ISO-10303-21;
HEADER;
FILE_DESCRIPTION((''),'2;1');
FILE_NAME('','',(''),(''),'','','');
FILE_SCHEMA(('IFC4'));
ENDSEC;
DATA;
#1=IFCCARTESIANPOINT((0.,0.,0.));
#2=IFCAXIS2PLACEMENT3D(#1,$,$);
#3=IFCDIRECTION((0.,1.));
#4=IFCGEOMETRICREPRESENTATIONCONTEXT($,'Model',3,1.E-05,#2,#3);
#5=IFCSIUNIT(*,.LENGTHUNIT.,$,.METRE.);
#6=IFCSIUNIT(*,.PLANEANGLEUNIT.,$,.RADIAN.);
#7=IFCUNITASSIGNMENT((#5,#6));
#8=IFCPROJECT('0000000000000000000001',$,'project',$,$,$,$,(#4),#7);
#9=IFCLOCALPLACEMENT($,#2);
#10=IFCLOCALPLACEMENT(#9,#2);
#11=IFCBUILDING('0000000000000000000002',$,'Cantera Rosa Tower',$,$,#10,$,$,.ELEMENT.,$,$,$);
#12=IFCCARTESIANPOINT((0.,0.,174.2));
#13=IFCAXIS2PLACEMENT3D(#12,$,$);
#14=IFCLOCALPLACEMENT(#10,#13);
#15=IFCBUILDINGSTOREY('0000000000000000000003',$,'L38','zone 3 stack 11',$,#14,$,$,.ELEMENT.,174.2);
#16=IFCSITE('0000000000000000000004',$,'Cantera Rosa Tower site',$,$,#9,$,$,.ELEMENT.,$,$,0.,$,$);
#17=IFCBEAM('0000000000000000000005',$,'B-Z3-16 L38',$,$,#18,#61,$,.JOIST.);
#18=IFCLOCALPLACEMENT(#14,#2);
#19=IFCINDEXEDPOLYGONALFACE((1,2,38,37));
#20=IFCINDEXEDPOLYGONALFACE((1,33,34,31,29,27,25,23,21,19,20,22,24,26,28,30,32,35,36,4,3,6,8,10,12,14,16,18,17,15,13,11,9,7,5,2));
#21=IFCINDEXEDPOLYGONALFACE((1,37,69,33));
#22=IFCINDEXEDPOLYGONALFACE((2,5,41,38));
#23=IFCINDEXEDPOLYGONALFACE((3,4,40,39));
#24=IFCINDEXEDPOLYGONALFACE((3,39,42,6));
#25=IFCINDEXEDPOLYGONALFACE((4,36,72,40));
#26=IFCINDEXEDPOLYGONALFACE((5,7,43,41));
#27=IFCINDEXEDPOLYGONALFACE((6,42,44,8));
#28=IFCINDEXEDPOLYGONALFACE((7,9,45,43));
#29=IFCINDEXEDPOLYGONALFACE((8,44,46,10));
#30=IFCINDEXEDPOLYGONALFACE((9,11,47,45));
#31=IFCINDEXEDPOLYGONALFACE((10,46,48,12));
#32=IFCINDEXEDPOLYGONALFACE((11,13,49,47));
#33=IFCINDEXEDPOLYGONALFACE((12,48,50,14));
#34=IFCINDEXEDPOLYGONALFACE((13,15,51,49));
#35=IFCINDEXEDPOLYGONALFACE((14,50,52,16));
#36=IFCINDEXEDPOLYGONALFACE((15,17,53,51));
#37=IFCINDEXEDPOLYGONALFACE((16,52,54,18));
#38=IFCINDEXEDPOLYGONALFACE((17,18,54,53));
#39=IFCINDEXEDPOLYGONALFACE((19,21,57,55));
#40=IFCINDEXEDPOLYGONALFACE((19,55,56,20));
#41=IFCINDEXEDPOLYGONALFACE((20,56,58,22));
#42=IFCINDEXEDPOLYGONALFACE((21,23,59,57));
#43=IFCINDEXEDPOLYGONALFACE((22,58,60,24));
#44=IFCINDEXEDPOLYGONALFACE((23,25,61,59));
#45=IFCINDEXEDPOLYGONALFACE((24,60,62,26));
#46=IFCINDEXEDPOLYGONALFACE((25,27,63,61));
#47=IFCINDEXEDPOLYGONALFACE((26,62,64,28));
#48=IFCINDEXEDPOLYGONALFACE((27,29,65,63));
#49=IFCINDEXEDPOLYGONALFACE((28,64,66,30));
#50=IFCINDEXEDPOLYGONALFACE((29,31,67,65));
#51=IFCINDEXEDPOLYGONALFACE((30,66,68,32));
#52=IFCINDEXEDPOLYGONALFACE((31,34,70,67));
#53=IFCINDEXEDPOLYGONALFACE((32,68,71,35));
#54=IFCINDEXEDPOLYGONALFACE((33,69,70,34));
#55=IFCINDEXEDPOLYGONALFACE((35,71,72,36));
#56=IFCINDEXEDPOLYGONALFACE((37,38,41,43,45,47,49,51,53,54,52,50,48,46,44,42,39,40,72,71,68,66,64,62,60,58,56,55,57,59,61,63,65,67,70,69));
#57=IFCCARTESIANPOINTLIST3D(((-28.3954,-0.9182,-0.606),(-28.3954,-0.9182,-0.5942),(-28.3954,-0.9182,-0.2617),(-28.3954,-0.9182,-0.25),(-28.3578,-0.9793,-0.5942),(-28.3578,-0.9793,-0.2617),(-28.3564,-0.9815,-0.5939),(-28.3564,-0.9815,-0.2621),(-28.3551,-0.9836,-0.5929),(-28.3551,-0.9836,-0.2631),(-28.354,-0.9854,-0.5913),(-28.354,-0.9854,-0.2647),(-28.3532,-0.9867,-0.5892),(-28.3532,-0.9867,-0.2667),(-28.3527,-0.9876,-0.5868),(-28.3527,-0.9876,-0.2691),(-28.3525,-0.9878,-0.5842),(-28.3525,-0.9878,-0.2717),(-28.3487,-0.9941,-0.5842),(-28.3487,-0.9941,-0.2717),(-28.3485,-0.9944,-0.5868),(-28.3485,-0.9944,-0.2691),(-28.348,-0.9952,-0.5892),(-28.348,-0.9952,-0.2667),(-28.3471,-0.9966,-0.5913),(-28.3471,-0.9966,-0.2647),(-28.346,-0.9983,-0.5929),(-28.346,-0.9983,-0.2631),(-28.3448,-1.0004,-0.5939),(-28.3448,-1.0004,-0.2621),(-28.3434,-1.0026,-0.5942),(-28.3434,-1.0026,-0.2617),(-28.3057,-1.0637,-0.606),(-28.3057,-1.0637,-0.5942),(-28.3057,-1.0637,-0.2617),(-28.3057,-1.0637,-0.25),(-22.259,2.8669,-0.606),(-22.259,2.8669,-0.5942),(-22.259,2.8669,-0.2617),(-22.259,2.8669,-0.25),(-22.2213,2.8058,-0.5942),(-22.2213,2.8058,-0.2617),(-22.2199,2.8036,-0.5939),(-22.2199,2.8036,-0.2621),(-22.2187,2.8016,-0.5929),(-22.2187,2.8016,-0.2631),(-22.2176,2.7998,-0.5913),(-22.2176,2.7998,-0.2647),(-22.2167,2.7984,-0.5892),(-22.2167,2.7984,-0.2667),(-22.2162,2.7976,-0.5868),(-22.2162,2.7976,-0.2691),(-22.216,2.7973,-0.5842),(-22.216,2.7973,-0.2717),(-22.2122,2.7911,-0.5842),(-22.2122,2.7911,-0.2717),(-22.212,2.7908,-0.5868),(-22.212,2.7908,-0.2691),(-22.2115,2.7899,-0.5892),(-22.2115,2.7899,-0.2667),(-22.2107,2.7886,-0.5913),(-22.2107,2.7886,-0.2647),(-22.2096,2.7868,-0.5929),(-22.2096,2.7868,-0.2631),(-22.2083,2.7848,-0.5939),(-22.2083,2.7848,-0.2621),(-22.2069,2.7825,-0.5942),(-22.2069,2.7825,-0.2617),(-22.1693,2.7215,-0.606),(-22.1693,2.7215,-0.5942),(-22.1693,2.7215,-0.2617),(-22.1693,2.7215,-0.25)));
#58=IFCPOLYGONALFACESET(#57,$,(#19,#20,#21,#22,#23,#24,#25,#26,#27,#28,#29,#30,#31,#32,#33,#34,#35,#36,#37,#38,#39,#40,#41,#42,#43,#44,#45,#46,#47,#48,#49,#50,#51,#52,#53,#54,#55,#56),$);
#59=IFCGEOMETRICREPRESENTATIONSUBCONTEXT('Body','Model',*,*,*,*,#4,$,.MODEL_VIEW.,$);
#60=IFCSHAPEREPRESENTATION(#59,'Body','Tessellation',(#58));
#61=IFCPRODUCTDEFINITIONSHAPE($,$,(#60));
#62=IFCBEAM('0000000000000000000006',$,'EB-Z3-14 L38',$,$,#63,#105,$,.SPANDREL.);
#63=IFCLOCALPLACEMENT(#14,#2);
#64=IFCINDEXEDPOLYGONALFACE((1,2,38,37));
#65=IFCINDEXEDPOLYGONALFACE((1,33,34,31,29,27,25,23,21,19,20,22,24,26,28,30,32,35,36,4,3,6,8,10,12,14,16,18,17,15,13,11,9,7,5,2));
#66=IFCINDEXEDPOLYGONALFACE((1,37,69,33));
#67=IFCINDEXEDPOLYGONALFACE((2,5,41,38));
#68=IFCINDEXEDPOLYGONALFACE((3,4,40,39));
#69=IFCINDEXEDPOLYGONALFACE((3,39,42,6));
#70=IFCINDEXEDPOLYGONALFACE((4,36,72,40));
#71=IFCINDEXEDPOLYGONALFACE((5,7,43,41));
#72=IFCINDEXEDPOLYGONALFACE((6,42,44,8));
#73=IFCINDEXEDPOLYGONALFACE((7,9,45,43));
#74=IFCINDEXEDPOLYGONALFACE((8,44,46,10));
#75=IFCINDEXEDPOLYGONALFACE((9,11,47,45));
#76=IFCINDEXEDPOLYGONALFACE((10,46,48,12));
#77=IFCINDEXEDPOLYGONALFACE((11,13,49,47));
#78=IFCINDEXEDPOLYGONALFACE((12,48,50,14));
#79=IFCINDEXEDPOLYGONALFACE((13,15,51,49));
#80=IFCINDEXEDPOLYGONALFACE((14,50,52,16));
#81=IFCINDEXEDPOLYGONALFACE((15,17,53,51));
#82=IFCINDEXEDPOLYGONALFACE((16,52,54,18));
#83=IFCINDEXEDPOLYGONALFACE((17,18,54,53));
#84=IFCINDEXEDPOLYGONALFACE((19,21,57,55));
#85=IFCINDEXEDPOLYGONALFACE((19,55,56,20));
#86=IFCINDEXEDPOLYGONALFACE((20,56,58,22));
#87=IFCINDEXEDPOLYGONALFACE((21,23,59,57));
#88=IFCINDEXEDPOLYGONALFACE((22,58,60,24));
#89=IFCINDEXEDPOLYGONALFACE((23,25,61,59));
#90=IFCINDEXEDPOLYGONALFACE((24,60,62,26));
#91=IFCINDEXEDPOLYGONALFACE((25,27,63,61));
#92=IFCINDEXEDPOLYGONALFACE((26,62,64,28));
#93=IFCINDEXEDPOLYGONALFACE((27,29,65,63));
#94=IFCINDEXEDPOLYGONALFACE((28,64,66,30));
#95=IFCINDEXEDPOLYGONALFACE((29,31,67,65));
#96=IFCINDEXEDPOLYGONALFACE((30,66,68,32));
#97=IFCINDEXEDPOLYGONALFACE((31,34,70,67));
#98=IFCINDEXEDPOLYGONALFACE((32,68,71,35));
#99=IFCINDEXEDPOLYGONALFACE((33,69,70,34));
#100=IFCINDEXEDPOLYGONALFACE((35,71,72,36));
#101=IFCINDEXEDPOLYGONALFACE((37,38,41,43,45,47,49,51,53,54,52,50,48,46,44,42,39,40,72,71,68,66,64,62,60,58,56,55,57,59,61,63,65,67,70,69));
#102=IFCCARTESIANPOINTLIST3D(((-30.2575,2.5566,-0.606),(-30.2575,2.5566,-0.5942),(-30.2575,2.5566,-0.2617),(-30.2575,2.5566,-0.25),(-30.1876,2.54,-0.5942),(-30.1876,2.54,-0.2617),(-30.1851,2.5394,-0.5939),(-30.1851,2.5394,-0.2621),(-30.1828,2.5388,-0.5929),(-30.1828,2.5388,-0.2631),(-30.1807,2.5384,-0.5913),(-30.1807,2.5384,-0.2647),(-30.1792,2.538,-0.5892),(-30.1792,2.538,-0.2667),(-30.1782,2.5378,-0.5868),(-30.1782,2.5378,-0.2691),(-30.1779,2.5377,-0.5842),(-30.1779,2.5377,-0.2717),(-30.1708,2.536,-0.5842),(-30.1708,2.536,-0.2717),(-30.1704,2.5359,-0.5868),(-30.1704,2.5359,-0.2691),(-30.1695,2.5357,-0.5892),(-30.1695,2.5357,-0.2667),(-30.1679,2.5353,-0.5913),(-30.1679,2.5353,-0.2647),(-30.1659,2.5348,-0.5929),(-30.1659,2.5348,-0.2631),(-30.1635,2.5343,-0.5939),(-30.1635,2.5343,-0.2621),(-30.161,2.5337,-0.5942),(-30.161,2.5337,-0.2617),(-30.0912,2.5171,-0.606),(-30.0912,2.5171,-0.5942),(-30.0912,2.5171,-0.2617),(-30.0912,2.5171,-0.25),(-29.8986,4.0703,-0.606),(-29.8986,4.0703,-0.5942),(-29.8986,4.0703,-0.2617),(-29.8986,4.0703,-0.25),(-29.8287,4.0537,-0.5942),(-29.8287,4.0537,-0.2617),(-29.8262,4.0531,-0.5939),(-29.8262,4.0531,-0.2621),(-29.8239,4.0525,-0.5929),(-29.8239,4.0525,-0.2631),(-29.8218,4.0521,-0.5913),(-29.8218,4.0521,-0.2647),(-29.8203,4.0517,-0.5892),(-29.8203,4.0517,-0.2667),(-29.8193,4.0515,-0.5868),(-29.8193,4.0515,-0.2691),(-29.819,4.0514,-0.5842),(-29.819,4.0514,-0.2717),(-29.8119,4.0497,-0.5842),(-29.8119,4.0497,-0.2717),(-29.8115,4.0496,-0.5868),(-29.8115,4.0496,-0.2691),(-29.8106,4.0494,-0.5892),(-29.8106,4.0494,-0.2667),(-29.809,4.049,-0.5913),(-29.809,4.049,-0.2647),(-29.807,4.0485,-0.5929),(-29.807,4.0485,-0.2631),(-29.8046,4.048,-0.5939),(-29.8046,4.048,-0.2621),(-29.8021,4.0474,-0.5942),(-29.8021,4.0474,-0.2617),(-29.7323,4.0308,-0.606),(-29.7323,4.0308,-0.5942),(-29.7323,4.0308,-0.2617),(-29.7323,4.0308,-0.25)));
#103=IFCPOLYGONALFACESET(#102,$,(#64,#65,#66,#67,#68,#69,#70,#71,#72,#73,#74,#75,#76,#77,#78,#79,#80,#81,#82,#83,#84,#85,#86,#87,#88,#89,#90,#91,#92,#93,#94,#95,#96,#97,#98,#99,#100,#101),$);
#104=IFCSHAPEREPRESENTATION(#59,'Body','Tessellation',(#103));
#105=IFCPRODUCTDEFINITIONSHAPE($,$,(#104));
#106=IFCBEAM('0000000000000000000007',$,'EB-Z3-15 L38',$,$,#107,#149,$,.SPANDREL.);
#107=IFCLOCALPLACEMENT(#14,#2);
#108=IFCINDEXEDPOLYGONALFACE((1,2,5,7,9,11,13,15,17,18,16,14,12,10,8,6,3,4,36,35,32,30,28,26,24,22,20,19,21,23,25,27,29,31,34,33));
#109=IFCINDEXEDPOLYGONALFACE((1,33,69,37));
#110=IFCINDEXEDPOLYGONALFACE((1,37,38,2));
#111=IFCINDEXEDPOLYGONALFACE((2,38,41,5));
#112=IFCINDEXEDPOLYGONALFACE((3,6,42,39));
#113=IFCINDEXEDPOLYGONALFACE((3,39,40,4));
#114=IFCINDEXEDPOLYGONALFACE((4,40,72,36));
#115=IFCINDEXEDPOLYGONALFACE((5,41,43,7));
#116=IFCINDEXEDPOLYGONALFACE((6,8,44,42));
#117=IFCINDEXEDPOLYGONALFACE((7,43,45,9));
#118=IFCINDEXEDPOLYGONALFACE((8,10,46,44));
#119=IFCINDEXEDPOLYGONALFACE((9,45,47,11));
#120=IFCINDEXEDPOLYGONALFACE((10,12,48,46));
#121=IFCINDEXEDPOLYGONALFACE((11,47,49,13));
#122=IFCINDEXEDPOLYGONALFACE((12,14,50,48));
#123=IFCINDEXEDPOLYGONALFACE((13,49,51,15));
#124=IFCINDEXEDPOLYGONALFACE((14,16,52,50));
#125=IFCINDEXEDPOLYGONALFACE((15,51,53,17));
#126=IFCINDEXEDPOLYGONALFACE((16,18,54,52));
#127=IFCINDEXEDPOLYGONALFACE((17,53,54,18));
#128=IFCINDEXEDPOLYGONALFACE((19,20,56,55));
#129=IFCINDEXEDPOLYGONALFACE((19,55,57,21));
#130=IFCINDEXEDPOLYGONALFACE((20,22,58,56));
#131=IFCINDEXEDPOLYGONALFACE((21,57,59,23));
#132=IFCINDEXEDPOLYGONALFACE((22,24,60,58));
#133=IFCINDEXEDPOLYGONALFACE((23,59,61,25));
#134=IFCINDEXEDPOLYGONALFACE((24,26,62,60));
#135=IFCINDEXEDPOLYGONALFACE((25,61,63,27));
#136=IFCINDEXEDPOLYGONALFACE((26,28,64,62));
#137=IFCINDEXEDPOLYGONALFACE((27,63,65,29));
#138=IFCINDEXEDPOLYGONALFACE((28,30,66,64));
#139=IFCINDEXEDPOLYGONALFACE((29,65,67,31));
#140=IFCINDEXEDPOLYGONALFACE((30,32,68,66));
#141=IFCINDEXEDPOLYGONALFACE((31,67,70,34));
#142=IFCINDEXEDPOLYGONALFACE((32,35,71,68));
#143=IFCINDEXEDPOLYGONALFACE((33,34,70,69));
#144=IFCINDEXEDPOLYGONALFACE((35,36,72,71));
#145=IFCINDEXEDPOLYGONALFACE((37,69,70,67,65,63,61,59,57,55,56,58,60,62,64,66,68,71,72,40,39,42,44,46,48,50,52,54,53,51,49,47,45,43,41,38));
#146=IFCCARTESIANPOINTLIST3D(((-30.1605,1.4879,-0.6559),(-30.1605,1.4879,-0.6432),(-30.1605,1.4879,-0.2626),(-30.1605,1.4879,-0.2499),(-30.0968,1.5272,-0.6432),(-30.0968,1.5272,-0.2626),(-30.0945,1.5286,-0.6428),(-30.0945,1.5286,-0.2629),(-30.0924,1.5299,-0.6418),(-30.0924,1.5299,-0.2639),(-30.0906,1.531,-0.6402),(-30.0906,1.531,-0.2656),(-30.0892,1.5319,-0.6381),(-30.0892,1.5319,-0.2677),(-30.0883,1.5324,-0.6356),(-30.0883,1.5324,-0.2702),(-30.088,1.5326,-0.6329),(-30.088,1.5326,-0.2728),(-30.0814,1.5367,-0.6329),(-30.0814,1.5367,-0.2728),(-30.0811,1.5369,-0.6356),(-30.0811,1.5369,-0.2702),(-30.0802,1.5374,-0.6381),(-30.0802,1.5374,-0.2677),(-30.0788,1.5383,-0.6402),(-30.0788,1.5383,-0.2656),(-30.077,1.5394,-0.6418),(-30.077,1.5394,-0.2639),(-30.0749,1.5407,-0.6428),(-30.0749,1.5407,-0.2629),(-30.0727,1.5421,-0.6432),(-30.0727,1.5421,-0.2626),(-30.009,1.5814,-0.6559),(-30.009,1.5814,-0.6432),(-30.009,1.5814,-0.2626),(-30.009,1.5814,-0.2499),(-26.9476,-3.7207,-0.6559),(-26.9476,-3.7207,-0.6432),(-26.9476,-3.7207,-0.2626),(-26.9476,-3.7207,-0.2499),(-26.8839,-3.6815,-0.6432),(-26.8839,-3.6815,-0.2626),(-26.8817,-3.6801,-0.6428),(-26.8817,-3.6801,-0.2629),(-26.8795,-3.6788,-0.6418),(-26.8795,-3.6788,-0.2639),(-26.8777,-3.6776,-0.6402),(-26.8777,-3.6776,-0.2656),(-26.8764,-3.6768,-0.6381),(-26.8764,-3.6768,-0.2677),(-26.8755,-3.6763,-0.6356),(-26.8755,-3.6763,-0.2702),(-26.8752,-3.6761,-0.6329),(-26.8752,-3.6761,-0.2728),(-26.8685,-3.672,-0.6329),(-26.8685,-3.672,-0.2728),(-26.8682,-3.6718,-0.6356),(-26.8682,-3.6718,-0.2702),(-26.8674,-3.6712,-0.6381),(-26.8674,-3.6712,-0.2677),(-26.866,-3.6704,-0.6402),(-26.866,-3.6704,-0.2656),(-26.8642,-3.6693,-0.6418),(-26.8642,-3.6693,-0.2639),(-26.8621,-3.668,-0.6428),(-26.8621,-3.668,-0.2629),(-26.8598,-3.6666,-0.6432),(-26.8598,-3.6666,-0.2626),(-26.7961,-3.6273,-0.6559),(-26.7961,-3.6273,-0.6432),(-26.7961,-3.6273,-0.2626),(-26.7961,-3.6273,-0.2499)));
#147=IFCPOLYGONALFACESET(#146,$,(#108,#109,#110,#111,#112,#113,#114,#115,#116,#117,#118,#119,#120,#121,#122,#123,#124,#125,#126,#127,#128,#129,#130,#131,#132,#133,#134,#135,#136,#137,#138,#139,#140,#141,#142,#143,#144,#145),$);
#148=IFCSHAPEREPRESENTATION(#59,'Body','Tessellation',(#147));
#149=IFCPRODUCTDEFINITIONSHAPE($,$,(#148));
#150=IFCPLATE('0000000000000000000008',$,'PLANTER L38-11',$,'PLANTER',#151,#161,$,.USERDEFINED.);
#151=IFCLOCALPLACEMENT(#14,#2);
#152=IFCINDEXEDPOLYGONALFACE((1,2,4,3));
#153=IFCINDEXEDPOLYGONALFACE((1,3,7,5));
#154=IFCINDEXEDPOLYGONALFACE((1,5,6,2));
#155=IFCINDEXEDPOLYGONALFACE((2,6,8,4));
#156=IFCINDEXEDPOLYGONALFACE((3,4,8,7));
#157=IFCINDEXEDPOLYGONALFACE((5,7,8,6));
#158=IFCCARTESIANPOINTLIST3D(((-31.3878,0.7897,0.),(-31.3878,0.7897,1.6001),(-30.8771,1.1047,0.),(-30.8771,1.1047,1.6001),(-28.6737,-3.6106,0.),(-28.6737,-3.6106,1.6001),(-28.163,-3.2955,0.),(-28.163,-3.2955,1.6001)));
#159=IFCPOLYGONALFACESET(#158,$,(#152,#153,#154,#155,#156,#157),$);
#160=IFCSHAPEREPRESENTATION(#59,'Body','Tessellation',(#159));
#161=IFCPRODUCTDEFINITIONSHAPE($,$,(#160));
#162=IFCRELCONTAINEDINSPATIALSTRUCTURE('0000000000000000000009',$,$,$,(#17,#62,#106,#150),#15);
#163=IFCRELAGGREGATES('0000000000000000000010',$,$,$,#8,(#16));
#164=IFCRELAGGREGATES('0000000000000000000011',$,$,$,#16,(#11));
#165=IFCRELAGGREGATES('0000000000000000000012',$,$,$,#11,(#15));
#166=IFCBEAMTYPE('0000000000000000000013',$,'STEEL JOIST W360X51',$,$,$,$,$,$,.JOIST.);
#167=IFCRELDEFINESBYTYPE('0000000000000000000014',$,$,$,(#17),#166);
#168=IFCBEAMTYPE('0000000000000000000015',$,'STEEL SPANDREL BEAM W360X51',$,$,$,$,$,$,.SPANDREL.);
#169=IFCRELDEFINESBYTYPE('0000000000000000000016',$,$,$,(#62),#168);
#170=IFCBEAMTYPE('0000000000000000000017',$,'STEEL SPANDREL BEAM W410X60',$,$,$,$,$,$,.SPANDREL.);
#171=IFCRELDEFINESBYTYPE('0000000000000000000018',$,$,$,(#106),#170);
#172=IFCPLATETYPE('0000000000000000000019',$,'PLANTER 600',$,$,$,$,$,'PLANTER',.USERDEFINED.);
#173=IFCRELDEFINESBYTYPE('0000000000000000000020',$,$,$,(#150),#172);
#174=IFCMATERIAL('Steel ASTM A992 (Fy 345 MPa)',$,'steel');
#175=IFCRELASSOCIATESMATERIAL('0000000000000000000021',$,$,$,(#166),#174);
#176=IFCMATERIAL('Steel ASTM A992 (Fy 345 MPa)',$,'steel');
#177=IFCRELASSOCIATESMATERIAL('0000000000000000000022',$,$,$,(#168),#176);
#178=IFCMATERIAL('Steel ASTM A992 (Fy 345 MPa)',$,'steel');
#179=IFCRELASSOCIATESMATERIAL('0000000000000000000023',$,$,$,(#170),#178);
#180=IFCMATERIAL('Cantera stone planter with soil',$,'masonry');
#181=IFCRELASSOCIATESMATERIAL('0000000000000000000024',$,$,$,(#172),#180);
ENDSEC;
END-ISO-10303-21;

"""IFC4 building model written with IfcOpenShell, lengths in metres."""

from ifc_helpers import new_model, si_unit, direction, frame, origin, origin_2d, place, context, subcontext, project, spatial, rectangle, i_section, extrude, material, material_profile, profile_set, type_object, element, save


model = new_model("IFC4")

# Units and contexts
model_context = context("Model", 3, precision=1e-05, world=origin(), true_north=direction((0.0, 1.0)))
body_context = subcontext(model_context, "Body", "Model", "MODEL_VIEW")
ifc_project = project(units=[si_unit("LENGTHUNIT", "METRE"), si_unit("PLANEANGLEUNIT", "RADIAN")], contexts=[model_context])

# Site, building, storey
site_placement = place(None, origin())
site = spatial("IfcSite", under=ifc_project, at=site_placement, Name="Cantera Rosa Tower site", CompositionType="ELEMENT", RefElevation=0.0)
building_placement = place(site_placement, origin())
building = spatial("IfcBuilding", under=site, at=building_placement, Name="Cantera Rosa Tower", CompositionType="ELEMENT")
storey_placement = place(building_placement, frame((0.0, 0.0, 174.2)))
storey = spatial("IfcBuildingStorey", under=building, at=storey_placement, Name="L38", Description="zone 3 stack 11", CompositionType="ELEMENT", Elevation=174.2)

# Beams
ifc_material_1 = material(Name="Steel ASTM A992 (Fy 345 MPa)", Category="steel")
ifc_material_profile_1 = material_profile(ifc_material_1, i_section(OverallWidth=0.1709, OverallDepth=0.356, WebThickness=0.0073, FlangeThickness=0.0117, FilletRadius=0.01, at=origin_2d()), Name="W360X51")
ifc_profile_set_1 = profile_set([ifc_material_profile_1], Name="Steel ASTM A992 (Fy 345 MPa)")
beam_type_1 = type_object("IfcBeamType", Name="STEEL JOIST W360X51", PredefinedType="JOIST", material=ifc_profile_set_1)
beam_1_placement = place(storey_placement, frame((-28.3506, -0.991, -0.428), z_axis=(0.851109, 0.524989, 0.0), x_axis=(-0.524989, 0.851109, 0.0)))
element("IfcBeam", 1, at=beam_1_placement, inside=storey, type_object=beam_type_1, Name="B-Z3-16 L38", PredefinedType="JOIST", context=body_context, shape_type="SweptSolid", body=[
    extrude(i_section(OverallWidth=0.1709, OverallDepth=0.356, WebThickness=0.0073, FlangeThickness=0.0117, FilletRadius=0.01, at=origin_2d()), origin(), (0.0, 0.0, 1.0), 7.21),
])
ifc_material_2 = material(Name="Steel ASTM A992 (Fy 345 MPa)", Category="steel")
ifc_material_profile_2 = material_profile(ifc_material_2, i_section(OverallWidth=0.1709, OverallDepth=0.356, WebThickness=0.0073, FlangeThickness=0.0117, FilletRadius=0.01, at=origin_2d()), Name="W360X51")
ifc_profile_set_2 = profile_set([ifc_material_profile_2], Name="Steel ASTM A992 (Fy 345 MPa)")
beam_type_2 = type_object("IfcBeamType", Name="STEEL SPANDREL BEAM W360X51", PredefinedType="SPANDREL", material=ifc_profile_set_2)
beam_2_placement = place(storey_placement, frame((-29.8154, 4.0505, -0.428), z_axis=(-0.230701, -0.973025, 0.0), x_axis=(0.973025, -0.230701, 0.0)))
element("IfcBeam", 2, at=beam_2_placement, inside=storey, type_object=beam_type_2, Name="EB-Z3-14 L38", PredefinedType="SPANDREL", context=body_context, shape_type="SweptSolid", body=[
    extrude(i_section(OverallWidth=0.1709, OverallDepth=0.356, WebThickness=0.0073, FlangeThickness=0.0117, FilletRadius=0.01, at=origin_2d()), origin(), (0.0, 0.0, 1.0), 1.5557),
])
ifc_material_3 = material(Name="Steel ASTM A992 (Fy 345 MPa)", Category="steel")
ifc_material_profile_3 = material_profile(ifc_material_3, i_section(OverallWidth=0.178, OverallDepth=0.406, WebThickness=0.0078, FlangeThickness=0.0127, FilletRadius=0.0103, at=origin_2d()), Name="W410X60")
ifc_profile_set_3 = profile_set([ifc_material_profile_3], Name="Steel ASTM A992 (Fy 345 MPa)")
beam_type_3 = type_object("IfcBeamType", Name="STEEL SPANDREL BEAM W410X60", PredefinedType="SPANDREL", material=ifc_profile_set_3)
beam_3_placement = place(storey_placement, frame((-30.0847, 1.5347, -0.4529), z_axis=(0.524987, -0.85111, 0.0), x_axis=(0.85111, 0.524987, 0.0)))
element("IfcBeam", 3, at=beam_3_placement, inside=storey, type_object=beam_type_3, Name="EB-Z3-15 L38", PredefinedType="SPANDREL", context=body_context, shape_type="SweptSolid", body=[
    extrude(i_section(OverallWidth=0.178, OverallDepth=0.406, WebThickness=0.0078, FlangeThickness=0.0127, FilletRadius=0.0103, at=origin_2d()), origin(), (0.0, 0.0, 1.0), 6.1199),
])

# Plate
ifc_material_4 = material(Name="Cantera stone planter with soil", Category="masonry")
plate_type = type_object("IfcPlateType", Name="PLANTER 600", ElementType="PLANTER", PredefinedType="USERDEFINED", material=ifc_material_4)
plate_placement = place(storey_placement, frame((-29.7754, -1.2529, 0.0), z_axis=(0.0, 0.0, 1.0), x_axis=(0.524977, -0.851117, 0.0)))
element("IfcPlate", 4, at=plate_placement, inside=storey, type_object=plate_type, Name="PLANTER L38-11", ObjectType="PLANTER", PredefinedType="USERDEFINED", context=body_context, shape_type="SweptSolid", body=[
    extrude(rectangle(XDim=5.1699, YDim=0.6001, at=origin_2d()), origin(), (0.0, 0.0, 1.0), 1.6001),
])

save(model, "model.ifc")
